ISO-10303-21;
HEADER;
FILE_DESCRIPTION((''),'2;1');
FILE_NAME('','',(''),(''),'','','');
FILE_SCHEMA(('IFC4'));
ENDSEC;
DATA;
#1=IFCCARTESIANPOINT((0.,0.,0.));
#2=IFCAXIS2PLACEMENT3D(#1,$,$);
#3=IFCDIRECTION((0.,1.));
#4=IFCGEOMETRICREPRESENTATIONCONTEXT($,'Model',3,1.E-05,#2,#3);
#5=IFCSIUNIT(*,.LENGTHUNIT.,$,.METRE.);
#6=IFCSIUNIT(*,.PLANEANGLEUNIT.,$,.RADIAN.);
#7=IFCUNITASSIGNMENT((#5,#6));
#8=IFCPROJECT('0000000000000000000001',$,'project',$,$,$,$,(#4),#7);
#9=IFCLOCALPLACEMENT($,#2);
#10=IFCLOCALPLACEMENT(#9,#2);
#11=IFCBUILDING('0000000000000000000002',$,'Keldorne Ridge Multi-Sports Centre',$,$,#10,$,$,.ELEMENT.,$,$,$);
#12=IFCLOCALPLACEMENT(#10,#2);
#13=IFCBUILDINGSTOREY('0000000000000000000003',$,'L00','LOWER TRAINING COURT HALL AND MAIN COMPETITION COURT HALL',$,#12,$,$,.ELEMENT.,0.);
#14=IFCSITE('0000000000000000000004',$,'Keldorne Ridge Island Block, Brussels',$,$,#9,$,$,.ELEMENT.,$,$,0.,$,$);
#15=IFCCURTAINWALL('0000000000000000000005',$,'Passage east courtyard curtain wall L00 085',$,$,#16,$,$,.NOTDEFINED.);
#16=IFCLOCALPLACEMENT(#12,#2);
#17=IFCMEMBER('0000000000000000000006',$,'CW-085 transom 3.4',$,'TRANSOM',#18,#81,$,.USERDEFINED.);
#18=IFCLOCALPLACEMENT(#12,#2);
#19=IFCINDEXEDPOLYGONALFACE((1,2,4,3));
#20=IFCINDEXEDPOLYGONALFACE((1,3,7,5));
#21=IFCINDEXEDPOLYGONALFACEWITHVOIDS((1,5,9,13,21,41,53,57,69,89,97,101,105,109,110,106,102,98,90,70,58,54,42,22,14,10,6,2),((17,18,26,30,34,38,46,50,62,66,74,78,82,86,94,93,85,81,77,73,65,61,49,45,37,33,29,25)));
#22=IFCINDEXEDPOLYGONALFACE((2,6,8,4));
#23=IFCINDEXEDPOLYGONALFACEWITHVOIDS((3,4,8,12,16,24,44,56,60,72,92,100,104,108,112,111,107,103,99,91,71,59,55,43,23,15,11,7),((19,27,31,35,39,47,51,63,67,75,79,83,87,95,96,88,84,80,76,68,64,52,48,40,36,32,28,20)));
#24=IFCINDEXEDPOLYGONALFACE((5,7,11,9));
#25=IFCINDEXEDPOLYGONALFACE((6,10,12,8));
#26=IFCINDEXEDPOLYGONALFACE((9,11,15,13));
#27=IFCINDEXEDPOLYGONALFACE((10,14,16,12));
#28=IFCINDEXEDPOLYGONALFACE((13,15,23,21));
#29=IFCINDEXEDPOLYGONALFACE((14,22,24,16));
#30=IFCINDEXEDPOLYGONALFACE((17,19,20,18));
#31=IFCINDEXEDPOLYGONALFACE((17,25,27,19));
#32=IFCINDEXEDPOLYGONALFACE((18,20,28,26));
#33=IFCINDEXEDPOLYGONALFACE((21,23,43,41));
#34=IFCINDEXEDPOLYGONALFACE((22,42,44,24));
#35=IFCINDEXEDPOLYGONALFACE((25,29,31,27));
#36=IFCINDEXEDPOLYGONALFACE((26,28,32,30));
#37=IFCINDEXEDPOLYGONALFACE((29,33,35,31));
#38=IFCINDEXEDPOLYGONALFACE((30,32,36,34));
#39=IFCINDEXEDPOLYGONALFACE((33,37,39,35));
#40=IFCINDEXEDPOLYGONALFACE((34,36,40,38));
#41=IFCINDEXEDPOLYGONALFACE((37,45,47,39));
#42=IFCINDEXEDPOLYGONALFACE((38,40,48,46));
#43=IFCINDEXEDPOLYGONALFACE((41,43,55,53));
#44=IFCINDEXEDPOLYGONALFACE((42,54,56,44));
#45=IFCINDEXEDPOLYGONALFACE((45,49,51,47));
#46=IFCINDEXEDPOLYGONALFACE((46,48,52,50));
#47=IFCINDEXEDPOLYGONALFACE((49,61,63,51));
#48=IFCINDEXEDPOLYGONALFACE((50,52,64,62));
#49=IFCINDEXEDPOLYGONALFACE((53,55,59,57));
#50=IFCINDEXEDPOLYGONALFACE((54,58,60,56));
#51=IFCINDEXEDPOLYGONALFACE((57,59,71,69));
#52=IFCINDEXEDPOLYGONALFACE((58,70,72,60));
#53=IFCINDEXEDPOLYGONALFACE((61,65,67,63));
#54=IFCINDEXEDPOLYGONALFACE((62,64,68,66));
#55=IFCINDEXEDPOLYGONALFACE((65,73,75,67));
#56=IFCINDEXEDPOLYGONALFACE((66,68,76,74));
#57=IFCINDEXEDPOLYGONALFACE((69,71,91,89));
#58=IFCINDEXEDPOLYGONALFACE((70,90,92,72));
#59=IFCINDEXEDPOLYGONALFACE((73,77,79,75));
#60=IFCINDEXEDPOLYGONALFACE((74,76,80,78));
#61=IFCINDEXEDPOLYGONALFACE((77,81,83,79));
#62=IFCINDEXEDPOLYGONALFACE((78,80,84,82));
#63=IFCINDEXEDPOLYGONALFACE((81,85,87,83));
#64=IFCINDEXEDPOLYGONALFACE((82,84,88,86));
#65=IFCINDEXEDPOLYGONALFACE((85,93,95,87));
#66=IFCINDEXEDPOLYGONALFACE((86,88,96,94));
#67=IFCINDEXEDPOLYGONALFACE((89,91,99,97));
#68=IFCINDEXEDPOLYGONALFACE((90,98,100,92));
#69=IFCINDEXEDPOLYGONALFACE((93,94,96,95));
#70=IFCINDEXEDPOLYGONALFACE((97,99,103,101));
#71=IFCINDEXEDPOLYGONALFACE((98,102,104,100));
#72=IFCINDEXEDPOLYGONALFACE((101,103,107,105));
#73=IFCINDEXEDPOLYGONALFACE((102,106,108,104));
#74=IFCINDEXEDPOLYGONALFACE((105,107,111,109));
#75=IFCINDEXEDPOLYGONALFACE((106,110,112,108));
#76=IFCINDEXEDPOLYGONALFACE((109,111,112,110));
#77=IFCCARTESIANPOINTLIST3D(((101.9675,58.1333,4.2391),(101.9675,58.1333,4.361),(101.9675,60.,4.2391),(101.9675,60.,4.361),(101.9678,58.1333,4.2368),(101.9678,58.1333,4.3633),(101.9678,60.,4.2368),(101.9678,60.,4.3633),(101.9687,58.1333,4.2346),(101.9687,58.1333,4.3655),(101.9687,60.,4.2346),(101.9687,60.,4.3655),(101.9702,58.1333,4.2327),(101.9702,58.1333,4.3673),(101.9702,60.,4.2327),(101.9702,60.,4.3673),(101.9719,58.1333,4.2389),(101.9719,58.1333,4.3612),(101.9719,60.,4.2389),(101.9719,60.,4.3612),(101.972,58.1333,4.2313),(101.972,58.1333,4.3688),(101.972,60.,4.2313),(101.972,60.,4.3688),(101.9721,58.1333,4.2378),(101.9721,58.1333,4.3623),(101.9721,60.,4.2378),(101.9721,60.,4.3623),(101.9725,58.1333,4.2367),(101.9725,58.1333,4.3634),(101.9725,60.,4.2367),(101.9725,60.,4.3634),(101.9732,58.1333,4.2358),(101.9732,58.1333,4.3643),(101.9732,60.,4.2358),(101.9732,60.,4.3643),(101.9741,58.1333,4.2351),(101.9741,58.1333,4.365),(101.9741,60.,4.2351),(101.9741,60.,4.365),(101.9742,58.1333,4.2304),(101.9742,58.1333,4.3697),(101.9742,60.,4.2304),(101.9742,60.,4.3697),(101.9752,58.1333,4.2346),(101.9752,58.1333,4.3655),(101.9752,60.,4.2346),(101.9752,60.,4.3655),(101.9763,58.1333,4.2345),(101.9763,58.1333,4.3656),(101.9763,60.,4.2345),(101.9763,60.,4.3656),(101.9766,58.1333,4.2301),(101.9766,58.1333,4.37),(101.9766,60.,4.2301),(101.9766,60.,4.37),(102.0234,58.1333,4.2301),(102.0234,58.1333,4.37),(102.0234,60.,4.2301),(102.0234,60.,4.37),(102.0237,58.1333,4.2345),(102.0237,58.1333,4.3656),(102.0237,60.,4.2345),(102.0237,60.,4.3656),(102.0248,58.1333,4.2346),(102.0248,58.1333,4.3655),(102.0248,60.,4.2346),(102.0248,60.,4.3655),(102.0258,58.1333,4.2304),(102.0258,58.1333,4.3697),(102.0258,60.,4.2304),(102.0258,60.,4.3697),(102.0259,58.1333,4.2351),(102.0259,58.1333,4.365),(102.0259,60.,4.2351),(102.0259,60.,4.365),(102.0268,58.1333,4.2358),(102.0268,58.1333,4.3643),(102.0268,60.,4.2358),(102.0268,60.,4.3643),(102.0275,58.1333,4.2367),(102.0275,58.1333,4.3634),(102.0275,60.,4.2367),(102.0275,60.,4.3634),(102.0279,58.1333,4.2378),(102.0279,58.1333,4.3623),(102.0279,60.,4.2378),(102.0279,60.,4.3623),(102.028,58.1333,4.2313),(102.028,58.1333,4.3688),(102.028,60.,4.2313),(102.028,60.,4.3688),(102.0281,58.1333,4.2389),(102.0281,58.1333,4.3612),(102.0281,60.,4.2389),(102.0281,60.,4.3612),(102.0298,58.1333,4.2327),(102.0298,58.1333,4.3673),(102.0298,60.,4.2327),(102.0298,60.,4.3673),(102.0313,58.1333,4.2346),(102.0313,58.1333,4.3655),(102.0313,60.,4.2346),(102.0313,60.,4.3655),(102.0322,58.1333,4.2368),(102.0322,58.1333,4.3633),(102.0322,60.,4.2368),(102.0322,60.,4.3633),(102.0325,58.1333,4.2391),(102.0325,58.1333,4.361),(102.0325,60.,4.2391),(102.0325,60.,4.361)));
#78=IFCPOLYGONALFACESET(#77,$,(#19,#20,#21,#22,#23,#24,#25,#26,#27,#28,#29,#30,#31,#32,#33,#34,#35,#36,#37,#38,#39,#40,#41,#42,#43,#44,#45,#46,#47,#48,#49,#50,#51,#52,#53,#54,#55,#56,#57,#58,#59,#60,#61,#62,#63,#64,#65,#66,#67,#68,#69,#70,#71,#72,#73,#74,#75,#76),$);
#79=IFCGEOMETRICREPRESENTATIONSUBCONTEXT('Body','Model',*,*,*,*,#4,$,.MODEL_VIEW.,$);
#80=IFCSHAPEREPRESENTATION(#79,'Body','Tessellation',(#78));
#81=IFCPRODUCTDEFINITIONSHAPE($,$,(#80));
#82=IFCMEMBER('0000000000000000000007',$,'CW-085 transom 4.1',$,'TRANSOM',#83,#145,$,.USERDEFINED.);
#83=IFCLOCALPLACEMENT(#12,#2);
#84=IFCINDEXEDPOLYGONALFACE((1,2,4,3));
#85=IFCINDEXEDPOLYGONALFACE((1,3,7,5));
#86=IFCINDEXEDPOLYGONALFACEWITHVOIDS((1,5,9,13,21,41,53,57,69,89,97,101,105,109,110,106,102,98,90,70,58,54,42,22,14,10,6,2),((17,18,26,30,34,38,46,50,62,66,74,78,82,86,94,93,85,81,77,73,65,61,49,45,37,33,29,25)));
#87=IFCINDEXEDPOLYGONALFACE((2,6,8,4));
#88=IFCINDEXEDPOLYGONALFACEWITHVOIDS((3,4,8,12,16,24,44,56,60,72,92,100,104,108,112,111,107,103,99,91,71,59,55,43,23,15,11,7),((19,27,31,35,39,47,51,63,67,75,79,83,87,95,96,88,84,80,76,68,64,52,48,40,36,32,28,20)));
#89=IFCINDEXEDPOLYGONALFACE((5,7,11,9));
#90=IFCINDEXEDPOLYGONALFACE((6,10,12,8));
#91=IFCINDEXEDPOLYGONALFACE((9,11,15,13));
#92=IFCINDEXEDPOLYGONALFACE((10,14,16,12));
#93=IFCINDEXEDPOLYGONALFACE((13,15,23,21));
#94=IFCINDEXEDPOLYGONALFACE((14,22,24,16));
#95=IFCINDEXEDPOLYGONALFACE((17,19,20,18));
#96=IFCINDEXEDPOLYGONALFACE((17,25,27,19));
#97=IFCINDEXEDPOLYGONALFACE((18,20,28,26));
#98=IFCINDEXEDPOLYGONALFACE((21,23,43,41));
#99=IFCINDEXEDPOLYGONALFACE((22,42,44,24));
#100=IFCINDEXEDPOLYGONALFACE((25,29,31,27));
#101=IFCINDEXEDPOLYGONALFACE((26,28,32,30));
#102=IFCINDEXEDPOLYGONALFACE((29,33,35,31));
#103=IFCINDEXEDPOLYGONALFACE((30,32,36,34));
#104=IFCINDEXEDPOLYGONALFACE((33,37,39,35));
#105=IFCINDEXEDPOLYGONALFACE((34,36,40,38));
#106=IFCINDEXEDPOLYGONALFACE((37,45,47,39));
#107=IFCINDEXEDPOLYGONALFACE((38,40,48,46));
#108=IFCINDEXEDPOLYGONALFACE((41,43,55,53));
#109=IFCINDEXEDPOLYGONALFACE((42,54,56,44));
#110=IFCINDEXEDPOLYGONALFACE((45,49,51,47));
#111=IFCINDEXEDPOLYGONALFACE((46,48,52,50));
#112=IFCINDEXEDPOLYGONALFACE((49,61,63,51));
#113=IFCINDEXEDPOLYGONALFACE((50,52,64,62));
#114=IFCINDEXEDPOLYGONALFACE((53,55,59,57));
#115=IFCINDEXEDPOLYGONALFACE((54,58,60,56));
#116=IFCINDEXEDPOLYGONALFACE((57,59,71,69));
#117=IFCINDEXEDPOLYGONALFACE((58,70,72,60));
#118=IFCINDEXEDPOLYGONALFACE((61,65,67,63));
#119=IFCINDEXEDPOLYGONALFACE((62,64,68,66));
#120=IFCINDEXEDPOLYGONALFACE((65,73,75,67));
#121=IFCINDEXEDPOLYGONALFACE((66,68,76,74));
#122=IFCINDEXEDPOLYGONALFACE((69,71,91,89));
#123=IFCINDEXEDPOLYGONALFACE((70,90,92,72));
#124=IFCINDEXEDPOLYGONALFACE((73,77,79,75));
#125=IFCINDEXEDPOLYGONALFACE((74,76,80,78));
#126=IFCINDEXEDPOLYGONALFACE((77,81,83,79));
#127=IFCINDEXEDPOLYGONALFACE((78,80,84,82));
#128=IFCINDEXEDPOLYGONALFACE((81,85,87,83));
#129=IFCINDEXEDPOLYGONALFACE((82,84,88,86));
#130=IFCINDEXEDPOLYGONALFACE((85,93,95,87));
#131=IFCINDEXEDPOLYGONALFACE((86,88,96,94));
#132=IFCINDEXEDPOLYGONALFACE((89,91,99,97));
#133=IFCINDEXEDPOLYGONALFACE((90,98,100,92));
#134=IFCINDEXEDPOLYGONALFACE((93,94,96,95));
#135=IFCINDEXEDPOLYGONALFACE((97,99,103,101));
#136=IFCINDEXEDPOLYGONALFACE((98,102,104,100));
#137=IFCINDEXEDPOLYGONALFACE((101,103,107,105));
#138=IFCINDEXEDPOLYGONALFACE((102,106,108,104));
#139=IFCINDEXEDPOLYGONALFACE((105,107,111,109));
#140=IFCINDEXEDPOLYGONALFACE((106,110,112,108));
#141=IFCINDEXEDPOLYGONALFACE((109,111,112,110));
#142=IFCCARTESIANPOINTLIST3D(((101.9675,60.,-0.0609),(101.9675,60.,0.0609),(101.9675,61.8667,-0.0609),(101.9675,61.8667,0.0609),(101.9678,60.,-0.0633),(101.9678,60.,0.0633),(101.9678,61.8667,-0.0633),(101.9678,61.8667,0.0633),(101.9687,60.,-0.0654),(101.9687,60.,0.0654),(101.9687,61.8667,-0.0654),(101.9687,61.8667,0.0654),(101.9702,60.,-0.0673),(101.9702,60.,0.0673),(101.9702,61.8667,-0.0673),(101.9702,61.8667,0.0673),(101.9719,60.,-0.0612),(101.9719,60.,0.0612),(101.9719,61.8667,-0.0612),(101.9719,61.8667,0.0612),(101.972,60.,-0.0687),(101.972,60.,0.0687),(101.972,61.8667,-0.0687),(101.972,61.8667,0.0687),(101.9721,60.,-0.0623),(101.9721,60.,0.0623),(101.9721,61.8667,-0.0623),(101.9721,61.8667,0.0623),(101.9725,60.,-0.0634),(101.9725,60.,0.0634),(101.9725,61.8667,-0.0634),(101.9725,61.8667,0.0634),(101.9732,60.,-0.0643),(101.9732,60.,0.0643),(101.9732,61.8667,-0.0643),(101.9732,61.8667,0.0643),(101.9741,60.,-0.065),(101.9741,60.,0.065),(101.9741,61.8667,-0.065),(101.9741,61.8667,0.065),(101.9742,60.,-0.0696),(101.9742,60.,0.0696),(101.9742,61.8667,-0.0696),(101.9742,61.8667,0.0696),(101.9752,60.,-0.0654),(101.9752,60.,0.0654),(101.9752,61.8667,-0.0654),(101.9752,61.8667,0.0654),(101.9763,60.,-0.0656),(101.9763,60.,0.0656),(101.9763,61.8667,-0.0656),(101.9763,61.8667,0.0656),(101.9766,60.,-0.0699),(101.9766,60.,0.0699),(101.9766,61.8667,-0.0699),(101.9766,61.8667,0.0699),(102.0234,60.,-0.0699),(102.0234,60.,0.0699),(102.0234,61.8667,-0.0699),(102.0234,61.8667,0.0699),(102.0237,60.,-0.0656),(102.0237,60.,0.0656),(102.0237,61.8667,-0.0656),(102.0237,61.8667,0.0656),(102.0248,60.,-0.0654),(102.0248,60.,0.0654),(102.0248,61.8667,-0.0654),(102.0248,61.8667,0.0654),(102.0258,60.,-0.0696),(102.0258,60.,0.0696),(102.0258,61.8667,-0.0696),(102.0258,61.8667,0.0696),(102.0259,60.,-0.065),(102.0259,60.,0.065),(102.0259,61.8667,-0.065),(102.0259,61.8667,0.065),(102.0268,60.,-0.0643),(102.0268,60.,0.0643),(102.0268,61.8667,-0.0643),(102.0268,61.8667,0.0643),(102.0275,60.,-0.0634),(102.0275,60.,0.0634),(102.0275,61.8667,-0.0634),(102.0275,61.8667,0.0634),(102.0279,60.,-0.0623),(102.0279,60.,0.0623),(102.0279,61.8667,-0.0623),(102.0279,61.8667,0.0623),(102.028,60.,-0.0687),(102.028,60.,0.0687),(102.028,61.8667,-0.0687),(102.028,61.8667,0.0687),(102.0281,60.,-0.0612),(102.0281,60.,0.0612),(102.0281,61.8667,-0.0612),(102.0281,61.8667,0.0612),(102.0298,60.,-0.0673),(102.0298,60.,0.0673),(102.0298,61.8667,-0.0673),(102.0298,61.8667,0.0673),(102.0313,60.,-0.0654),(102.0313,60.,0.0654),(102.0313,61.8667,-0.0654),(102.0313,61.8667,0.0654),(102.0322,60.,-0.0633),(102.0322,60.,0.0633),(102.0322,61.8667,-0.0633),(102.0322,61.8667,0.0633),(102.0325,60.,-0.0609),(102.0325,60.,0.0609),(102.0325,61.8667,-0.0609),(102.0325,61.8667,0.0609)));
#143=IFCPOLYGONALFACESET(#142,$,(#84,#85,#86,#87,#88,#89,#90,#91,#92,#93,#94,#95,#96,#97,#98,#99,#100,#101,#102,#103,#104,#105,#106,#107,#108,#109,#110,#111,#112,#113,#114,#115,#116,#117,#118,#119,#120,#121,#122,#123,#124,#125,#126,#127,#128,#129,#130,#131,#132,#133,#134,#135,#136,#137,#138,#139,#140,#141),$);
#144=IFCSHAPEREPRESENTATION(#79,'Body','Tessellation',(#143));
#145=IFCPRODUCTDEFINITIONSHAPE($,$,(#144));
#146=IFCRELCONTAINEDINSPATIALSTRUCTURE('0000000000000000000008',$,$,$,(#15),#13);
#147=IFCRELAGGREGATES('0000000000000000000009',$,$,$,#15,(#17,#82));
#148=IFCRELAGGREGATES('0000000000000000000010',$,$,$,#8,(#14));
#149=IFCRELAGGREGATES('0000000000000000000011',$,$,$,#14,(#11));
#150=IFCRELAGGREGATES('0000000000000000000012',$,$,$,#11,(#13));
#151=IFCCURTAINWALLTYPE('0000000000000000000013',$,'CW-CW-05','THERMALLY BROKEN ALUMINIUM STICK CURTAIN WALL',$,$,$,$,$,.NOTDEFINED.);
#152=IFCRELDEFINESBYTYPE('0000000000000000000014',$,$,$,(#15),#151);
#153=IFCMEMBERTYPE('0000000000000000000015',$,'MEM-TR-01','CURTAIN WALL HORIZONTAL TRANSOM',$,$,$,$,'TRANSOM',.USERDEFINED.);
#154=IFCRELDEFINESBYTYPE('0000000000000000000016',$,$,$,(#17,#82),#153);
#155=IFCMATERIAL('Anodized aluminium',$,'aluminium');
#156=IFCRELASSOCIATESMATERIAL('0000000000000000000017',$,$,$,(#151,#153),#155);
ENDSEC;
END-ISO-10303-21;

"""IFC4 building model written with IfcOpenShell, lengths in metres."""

from ifc_helpers import new_model, si_unit, direction, frame, origin, origin_2d, place, context, subcontext, project, spatial, hollow_rectangle, extrude, material, material_profile, profile_set, type_object, element, aggregate, save


model = new_model("IFC4")

# Units and contexts
model_context = context("Model", 3, precision=1e-05, world=origin(), true_north=direction((0.0, 1.0)))
body_context = subcontext(model_context, "Body", "Model", "MODEL_VIEW")
ifc_project = project(units=[si_unit("LENGTHUNIT", "METRE"), si_unit("PLANEANGLEUNIT", "RADIAN")], contexts=[model_context])

# Site, building, storey
site_placement = place(None, origin())
site = spatial("IfcSite", under=ifc_project, at=site_placement, Name="Keldorne Ridge Island Block, Brussels", CompositionType="ELEMENT", RefElevation=0.0)
building_placement = place(site_placement, origin())
building = spatial("IfcBuilding", under=site, at=building_placement, Name="Keldorne Ridge Multi-Sports Centre", CompositionType="ELEMENT")
storey_placement = place(building_placement, origin())
storey = spatial("IfcBuildingStorey", under=building, at=storey_placement, Name="L00", Description="LOWER TRAINING COURT HALL AND MAIN COMPETITION COURT HALL", CompositionType="ELEMENT", Elevation=0.0)

# Curtain wall, members
ifc_material_1 = material(Name="Anodized aluminium", Category="aluminium")
curtain_wall_type = type_object("IfcCurtainWallType", Name="CW-CW-05", Description="THERMALLY BROKEN ALUMINIUM STICK CURTAIN WALL", PredefinedType="NOTDEFINED", material=ifc_material_1)
curtain_wall_placement = place(storey_placement, origin())
curtain_wall = element("IfcCurtainWall", 1, at=curtain_wall_placement, inside=storey, type_object=curtain_wall_type, Name="Passage east courtyard curtain wall L00 085", PredefinedType="NOTDEFINED")
ifc_material_profile_1 = material_profile(ifc_material_1, hollow_rectangle(XDim=0.0649, YDim=0.1399, WallThickness=0.0044, InnerFilletRadius=0.0044, OuterFilletRadius=0.009, at=origin_2d()), Name="ALU TRANSOM 140x65x4.5")
ifc_profile_set_1 = profile_set([ifc_material_profile_1], Name="Anodized aluminium")
member_type_1 = type_object("IfcMemberType", Name="MEM-TR-01", Description="CURTAIN WALL HORIZONTAL TRANSOM", ElementType="TRANSOM", PredefinedType="USERDEFINED", material=ifc_profile_set_1)
member_1_placement = place(storey_placement, frame((102.0, 58.1333, 4.3), z_axis=(0.0, 1.0, 0.0), x_axis=(-1.0, 0.0, 0.0)))
member_1 = element("IfcMember", 2, at=member_1_placement, type_object=member_type_1, Name="CW-085 transom 3.4", ObjectType="TRANSOM", PredefinedType="USERDEFINED", context=body_context, shape_type="SweptSolid", body=[
    extrude(hollow_rectangle(XDim=0.0649, YDim=0.1399, WallThickness=0.0044, InnerFilletRadius=0.0044, OuterFilletRadius=0.009, at=origin_2d()), origin(), (0.0, 0.0, 1.0), 1.8667),
])
member_2_placement = place(storey_placement, frame((102.0, 60.0, 0.0), z_axis=(0.0, 1.0, 0.0), x_axis=(-1.0, 0.0, 0.0)))
member_2 = element("IfcMember", 3, at=member_2_placement, type_object=member_type_1, Name="CW-085 transom 4.1", ObjectType="TRANSOM", PredefinedType="USERDEFINED", context=body_context, shape_type="SweptSolid", body=[
    extrude(hollow_rectangle(XDim=0.0649, YDim=0.1399, WallThickness=0.0044, InnerFilletRadius=0.0044, OuterFilletRadius=0.009, at=origin_2d()), origin(), (0.0, 0.0, 1.0), 1.8667),
])
aggregate(curtain_wall, [member_1, member_2])

save(model, "model.ifc")
